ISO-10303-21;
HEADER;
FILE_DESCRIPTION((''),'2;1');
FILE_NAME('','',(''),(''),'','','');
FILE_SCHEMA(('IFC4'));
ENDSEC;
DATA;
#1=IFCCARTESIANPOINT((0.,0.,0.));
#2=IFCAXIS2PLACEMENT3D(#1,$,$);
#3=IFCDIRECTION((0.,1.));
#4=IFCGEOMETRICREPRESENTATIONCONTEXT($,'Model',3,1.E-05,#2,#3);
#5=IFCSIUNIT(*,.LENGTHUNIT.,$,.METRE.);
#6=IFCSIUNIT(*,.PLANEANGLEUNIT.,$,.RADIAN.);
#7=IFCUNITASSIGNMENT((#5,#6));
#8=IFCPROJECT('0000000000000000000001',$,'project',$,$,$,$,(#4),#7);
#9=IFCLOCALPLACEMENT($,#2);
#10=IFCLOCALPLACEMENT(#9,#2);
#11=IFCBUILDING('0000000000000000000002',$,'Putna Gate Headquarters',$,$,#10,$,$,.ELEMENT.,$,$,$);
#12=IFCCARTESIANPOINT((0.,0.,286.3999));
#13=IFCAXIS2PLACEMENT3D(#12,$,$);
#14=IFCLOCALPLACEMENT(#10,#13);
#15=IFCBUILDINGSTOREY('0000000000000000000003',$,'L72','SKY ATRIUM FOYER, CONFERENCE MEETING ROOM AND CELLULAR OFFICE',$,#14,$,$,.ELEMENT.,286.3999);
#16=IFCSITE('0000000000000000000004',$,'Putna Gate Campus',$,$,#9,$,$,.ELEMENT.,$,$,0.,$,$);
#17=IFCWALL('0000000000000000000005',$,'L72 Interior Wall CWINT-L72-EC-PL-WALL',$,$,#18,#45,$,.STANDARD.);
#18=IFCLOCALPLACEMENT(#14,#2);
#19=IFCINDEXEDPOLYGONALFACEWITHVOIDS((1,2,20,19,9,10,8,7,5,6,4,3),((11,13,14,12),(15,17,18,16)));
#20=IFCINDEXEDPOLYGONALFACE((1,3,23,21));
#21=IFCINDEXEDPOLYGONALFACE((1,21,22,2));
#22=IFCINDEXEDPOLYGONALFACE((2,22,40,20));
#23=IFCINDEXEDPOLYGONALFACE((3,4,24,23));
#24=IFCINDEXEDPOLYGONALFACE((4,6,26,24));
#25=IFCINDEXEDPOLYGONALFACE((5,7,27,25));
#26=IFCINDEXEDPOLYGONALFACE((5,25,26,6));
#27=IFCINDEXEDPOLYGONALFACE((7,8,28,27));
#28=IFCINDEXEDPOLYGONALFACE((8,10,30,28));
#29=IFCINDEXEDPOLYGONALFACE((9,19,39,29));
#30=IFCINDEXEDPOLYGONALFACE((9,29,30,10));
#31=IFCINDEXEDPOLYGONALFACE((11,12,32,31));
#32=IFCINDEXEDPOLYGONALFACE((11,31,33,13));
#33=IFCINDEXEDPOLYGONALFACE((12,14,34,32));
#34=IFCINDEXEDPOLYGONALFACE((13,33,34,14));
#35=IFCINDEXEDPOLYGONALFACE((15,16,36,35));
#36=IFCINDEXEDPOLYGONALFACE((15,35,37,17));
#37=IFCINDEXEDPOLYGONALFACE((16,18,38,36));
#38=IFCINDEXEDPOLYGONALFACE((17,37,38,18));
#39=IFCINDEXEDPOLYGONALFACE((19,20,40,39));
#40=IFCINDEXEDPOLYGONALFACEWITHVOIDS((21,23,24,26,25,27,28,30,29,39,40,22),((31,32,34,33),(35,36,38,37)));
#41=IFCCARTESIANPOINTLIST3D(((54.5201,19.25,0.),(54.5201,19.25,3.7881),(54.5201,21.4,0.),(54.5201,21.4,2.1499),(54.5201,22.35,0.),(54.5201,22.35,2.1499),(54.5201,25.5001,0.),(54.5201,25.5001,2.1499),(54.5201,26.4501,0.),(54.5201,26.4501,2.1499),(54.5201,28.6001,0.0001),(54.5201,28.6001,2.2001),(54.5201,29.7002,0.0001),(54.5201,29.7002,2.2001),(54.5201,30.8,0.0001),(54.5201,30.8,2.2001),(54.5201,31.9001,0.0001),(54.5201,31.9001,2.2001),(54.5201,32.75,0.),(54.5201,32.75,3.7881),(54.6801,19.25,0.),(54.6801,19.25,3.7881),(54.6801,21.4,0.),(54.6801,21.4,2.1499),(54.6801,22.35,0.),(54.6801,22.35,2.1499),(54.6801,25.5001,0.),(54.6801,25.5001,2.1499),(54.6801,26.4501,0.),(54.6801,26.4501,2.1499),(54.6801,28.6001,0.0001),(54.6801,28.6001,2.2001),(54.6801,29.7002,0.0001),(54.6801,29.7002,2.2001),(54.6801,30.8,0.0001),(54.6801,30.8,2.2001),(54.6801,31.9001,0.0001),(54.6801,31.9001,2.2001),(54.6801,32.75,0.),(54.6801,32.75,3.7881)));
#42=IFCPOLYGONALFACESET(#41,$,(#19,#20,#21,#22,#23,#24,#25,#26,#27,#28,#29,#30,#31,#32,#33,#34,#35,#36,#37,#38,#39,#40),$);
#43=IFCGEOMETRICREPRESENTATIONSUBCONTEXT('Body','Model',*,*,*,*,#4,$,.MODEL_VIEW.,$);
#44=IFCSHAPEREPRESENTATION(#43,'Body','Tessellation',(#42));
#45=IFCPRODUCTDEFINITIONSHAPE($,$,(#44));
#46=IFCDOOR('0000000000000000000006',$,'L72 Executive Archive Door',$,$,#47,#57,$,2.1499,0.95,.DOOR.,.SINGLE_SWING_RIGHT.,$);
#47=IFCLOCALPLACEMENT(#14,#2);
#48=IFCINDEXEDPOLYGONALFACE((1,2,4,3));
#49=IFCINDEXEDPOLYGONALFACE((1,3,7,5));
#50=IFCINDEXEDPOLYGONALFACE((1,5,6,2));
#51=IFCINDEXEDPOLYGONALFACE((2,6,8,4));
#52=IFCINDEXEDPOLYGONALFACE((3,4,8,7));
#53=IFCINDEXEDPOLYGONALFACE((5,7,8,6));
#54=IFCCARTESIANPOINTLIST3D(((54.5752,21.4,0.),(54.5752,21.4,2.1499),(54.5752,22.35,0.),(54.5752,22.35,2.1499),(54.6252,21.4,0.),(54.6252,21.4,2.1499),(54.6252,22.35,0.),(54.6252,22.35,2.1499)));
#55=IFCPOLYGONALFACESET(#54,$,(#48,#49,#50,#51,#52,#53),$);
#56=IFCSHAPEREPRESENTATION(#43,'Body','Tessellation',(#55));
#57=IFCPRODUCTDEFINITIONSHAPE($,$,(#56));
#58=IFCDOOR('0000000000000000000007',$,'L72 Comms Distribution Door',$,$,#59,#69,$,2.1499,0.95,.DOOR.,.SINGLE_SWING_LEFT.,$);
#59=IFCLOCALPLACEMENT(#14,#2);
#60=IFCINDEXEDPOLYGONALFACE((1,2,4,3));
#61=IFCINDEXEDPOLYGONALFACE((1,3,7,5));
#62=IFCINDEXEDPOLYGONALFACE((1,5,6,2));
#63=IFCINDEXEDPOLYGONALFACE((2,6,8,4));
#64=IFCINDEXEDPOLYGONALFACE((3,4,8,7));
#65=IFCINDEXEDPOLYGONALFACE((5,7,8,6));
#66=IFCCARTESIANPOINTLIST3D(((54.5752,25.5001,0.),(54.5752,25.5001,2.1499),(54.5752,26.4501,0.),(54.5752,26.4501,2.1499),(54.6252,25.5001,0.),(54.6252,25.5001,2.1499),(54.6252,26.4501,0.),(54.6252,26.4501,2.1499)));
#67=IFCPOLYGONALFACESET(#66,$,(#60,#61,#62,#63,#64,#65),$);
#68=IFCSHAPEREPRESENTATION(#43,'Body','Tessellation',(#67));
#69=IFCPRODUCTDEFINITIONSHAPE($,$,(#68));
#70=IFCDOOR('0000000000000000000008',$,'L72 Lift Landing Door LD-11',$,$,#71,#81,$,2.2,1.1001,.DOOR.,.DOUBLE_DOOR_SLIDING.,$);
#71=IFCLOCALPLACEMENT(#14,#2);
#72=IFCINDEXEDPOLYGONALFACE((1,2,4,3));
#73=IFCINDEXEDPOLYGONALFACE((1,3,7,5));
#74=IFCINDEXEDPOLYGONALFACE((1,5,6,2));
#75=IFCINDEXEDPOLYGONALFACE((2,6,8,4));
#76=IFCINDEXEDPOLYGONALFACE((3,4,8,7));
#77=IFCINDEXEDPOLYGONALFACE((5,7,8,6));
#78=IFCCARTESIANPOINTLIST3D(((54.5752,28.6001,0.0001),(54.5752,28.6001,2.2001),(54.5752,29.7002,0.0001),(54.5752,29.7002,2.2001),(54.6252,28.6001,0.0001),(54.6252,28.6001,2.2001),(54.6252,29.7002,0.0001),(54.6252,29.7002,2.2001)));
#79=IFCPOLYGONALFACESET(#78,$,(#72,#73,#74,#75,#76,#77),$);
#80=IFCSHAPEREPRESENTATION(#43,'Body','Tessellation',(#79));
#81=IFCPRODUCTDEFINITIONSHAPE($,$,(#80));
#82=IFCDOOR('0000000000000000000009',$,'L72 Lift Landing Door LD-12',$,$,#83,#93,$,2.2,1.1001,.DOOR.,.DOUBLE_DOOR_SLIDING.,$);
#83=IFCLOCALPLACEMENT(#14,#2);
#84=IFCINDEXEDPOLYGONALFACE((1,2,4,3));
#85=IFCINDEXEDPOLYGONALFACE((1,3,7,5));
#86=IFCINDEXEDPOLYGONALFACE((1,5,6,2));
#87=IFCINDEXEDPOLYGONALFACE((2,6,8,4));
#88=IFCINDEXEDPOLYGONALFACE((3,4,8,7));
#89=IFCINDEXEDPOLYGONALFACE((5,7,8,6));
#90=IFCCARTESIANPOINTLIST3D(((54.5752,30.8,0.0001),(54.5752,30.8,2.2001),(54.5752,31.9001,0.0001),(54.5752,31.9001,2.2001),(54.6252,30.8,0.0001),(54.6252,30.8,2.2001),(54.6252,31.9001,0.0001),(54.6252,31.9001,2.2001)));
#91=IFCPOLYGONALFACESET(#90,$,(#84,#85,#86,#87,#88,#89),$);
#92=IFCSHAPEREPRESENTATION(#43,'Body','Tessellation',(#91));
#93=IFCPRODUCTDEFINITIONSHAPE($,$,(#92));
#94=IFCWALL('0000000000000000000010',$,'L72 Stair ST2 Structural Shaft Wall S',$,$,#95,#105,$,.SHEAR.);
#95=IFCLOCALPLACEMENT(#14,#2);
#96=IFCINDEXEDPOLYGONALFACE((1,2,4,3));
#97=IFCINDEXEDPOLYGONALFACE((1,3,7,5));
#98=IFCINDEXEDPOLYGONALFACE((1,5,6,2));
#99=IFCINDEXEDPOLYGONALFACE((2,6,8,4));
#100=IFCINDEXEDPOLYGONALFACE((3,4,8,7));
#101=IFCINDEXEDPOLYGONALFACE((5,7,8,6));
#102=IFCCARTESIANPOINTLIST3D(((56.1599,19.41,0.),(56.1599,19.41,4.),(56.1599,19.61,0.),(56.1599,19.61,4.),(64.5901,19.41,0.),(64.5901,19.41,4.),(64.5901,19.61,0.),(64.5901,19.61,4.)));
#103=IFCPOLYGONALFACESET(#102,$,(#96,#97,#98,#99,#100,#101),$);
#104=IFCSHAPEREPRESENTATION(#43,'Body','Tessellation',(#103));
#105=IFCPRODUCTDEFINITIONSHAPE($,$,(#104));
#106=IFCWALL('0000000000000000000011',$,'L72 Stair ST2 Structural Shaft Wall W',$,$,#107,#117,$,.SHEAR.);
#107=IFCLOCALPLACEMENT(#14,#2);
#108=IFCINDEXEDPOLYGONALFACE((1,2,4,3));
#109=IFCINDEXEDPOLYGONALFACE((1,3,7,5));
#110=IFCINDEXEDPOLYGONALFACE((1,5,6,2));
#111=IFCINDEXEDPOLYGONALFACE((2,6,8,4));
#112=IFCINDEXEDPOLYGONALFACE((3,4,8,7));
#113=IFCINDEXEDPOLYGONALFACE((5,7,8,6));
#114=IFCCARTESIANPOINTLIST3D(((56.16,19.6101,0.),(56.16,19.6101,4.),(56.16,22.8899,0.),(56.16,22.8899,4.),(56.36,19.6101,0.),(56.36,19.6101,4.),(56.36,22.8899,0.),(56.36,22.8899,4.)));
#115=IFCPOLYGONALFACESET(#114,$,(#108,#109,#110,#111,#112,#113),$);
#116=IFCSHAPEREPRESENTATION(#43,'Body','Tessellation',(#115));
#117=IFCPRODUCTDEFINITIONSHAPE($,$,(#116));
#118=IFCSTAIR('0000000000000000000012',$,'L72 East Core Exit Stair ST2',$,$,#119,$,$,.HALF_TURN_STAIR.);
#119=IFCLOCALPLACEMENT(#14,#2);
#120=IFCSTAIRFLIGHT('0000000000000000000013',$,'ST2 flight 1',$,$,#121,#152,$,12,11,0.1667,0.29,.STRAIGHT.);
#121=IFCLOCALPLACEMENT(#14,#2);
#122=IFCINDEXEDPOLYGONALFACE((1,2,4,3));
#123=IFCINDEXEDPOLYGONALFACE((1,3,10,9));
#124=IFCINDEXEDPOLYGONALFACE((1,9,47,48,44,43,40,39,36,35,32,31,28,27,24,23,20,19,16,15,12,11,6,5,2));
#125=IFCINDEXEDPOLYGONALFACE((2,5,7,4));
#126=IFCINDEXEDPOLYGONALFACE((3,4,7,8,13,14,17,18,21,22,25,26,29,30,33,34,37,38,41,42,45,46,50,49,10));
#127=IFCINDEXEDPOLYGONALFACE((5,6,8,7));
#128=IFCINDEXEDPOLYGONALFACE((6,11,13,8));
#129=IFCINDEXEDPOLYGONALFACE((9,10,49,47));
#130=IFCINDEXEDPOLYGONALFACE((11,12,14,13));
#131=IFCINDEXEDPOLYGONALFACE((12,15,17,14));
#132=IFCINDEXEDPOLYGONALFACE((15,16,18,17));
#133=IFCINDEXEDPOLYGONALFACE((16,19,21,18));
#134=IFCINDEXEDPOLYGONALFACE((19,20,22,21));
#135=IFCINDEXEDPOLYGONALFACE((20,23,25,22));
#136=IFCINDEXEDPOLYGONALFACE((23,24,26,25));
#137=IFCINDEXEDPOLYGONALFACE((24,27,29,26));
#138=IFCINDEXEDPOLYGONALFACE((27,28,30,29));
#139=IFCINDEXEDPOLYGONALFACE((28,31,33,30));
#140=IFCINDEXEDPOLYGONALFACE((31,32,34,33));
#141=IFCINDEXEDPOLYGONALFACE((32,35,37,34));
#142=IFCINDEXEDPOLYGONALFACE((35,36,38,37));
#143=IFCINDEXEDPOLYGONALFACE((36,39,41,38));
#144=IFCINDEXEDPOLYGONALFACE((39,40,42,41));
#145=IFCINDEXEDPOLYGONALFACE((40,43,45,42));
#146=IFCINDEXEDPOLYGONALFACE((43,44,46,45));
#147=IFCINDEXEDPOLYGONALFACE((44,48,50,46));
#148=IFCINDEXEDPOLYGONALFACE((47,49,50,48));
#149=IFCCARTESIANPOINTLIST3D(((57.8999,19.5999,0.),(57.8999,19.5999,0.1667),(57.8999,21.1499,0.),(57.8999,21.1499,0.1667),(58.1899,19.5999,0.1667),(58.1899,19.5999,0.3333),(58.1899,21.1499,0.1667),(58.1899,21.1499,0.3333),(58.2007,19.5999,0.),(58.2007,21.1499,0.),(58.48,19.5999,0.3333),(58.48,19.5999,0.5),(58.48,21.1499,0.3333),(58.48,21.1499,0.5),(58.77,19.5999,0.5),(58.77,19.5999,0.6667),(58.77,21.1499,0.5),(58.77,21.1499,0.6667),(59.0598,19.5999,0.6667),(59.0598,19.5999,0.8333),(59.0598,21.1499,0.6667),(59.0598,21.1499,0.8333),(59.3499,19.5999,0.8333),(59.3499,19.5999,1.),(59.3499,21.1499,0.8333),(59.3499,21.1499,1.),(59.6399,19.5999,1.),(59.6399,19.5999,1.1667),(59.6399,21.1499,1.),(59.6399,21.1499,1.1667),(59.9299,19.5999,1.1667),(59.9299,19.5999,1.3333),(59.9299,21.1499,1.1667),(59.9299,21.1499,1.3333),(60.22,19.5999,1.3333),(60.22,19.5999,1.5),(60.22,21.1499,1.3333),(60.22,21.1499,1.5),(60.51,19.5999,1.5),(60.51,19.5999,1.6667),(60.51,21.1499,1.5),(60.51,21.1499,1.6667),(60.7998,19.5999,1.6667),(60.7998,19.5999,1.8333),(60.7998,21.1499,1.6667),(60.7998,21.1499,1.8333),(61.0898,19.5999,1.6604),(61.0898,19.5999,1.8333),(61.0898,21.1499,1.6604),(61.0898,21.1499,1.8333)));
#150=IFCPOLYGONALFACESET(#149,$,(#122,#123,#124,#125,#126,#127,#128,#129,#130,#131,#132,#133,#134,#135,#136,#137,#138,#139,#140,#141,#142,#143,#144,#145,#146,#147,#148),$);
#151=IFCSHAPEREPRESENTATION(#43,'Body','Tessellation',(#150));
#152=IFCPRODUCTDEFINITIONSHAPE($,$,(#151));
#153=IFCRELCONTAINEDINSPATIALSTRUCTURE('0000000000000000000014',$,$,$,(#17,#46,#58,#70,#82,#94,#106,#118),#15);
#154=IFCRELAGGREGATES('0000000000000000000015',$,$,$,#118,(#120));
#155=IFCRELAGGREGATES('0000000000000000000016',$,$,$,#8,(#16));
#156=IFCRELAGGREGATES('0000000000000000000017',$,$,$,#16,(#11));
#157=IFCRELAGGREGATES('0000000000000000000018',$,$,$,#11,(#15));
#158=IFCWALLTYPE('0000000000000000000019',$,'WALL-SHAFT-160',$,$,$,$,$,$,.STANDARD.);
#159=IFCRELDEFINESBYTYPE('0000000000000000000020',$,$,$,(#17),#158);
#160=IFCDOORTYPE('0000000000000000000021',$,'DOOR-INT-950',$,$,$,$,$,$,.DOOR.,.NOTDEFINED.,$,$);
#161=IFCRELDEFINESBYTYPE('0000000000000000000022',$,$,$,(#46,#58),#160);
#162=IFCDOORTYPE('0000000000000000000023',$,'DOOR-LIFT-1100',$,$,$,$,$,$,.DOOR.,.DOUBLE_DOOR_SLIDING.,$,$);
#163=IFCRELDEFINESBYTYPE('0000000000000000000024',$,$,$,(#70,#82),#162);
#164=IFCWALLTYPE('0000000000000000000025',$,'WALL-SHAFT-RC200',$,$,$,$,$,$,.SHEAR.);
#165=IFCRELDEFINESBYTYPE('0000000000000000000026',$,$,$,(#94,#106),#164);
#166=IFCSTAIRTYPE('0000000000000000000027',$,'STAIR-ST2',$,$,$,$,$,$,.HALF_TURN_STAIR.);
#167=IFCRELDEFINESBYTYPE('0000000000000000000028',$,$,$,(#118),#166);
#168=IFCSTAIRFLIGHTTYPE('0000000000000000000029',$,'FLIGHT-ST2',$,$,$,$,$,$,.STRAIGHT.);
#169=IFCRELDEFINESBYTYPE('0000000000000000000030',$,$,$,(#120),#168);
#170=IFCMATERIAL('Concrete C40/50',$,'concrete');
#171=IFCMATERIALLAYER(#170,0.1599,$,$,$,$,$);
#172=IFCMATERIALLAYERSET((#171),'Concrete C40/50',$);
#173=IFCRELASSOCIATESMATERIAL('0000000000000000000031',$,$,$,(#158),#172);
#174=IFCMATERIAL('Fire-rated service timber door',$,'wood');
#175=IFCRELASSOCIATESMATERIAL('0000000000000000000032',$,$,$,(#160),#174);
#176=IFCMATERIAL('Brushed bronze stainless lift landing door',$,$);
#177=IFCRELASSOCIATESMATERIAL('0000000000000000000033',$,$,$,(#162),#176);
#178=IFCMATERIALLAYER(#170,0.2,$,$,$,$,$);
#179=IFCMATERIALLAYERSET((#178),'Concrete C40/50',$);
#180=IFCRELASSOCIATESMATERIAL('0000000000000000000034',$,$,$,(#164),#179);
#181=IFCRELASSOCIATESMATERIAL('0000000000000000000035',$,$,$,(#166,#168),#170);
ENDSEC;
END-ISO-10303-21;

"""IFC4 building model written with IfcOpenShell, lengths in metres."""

from ifc_helpers import new_model, si_unit, direction, frame, frame_2d, origin, place, context, subcontext, project, spatial, polyline, rectangle, outline, extrude, material, layer, layer_set, type_object, element, fill, aggregate, save


model = new_model("IFC4")

# Units and contexts
model_context = context("Model", 3, precision=1e-05, world=origin(), true_north=direction((0.0, 1.0)))
body_context = subcontext(model_context, "Body", "Model", "MODEL_VIEW")
ifc_project = project(units=[si_unit("LENGTHUNIT", "METRE"), si_unit("PLANEANGLEUNIT", "RADIAN")], contexts=[model_context])

# Site, building, storey
site_placement = place(None, origin())
site = spatial("IfcSite", under=ifc_project, at=site_placement, Name="Putna Gate Campus", CompositionType="ELEMENT", RefElevation=0.0)
building_placement = place(site_placement, origin())
building = spatial("IfcBuilding", under=site, at=building_placement, Name="Putna Gate Headquarters", CompositionType="ELEMENT")
storey_placement = place(building_placement, frame((0.0, 0.0, 286.3999)))
storey = spatial("IfcBuildingStorey", under=building, at=storey_placement, Name="L72", Description="SKY ATRIUM FOYER, CONFERENCE MEETING ROOM AND CELLULAR OFFICE", CompositionType="ELEMENT", Elevation=286.3999)

# Wall, openings, doors
ifc_material_1 = material(Name="Concrete C40/50", Category="concrete")
ifc_layer_1 = layer(ifc_material_1, 0.1599)
ifc_layer_set_1 = layer_set([ifc_layer_1], Name="Concrete C40/50")
wall_type_1 = type_object("IfcWallType", Name="WALL-SHAFT-160", PredefinedType="STANDARD", material=ifc_layer_set_1)
wall_1_placement = place(storey_placement, frame((54.6001, 19.25, 0.0), z_axis=(0.0, 0.0, 1.0), x_axis=(0.0, 1.0, 0.0)))
wall_1 = element("IfcWall", 1, at=wall_1_placement, inside=storey, type_object=wall_type_1, Name="L72 Interior Wall CWINT-L72-EC-PL-WALL", PredefinedType="STANDARD", context=body_context, shape_type="SweptSolid", body=[
    extrude(rectangle(XDim=13.5, YDim=0.1599, at=frame_2d((6.75, 0.0))), origin(), (0.0, 0.0, 1.0), 3.7881),
])
opening_1_placement = place(wall_1_placement, frame((2.1499, 0.0, 0.0)))
opening_1 = element("IfcOpeningElement", 2, at=opening_1_placement, cuts=wall_1, PredefinedType="OPENING", context=body_context, shape_type="SweptSolid", body=[
    extrude(rectangle(XDim=0.95, YDim=2.1499, at=frame_2d((0.4751, 1.075))), frame((0.0, 0.0898, 0.0), z_axis=(0.0, -1.0, 0.0), x_axis=(1.0, 0.0, 0.0)), (0.0, 0.0, 1.0), 0.1799),
])
opening_2_placement = place(wall_1_placement, frame((6.25, 0.0, 0.0)))
opening_2 = element("IfcOpeningElement", 3, at=opening_2_placement, cuts=wall_1, PredefinedType="OPENING", context=body_context, shape_type="SweptSolid", body=[
    extrude(rectangle(XDim=0.95, YDim=2.1499, at=frame_2d((0.4751, 1.075))), frame((0.0, 0.0898, 0.0), z_axis=(0.0, -1.0, 0.0), x_axis=(1.0, 0.0, 0.0)), (0.0, 0.0, 1.0), 0.1799),
])
opening_3_placement = place(wall_1_placement, frame((9.3501, 0.0, 0.0)))
opening_3 = element("IfcOpeningElement", 4, at=opening_3_placement, cuts=wall_1, PredefinedType="OPENING", context=body_context, shape_type="SweptSolid", body=[
    extrude(rectangle(XDim=1.1001, YDim=2.2, at=frame_2d((0.55, 1.1001))), frame((0.0, 0.0898, 0.0), z_axis=(0.0, -1.0, 0.0), x_axis=(1.0, 0.0, 0.0)), (0.0, 0.0, 1.0), 0.1799),
])
opening_4_placement = place(wall_1_placement, frame((11.55, 0.0, 0.0)))
opening_4 = element("IfcOpeningElement", 5, at=opening_4_placement, cuts=wall_1, PredefinedType="OPENING", context=body_context, shape_type="SweptSolid", body=[
    extrude(rectangle(XDim=1.1001, YDim=2.2, at=frame_2d((0.55, 1.1001))), frame((0.0, 0.0898, 0.0), z_axis=(0.0, -1.0, 0.0), x_axis=(1.0, 0.0, 0.0)), (0.0, 0.0, 1.0), 0.1799),
])
ifc_material_2 = material(Name="Fire-rated service timber door", Category="wood")
door_type_1 = type_object("IfcDoorType", Name="DOOR-INT-950", OperationType="NOTDEFINED", PredefinedType="DOOR", material=ifc_material_2)
door_1_placement = place(opening_1_placement, origin())
door_1 = element("IfcDoor", 6, at=door_1_placement, inside=storey, type_object=door_type_1, Name="L72 Executive Archive Door", OperationType="SINGLE_SWING_RIGHT", OverallHeight=2.1499, OverallWidth=0.95, PredefinedType="DOOR", context=body_context, shape_type="SweptSolid", body=[
    extrude(rectangle(XDim=0.95, YDim=2.1499, at=frame_2d((0.4751, 1.075))), frame((0.0, 0.0249, 0.0), z_axis=(0.0, -1.0, 0.0), x_axis=(1.0, 0.0, 0.0)), (0.0, 0.0, 1.0), 0.05),
])
fill(opening_1, door_1)
door_2_placement = place(opening_2_placement, origin())
door_2 = element("IfcDoor", 7, at=door_2_placement, inside=storey, type_object=door_type_1, Name="L72 Comms Distribution Door", OperationType="SINGLE_SWING_LEFT", OverallHeight=2.1499, OverallWidth=0.95, PredefinedType="DOOR", context=body_context, shape_type="SweptSolid", body=[
    extrude(rectangle(XDim=0.95, YDim=2.1499, at=frame_2d((0.4751, 1.075))), frame((0.0, 0.0249, 0.0), z_axis=(0.0, -1.0, 0.0), x_axis=(1.0, 0.0, 0.0)), (0.0, 0.0, 1.0), 0.05),
])
fill(opening_2, door_2)
ifc_material_3 = material(Name="Brushed bronze stainless lift landing door")
door_type_2 = type_object("IfcDoorType", Name="DOOR-LIFT-1100", OperationType="DOUBLE_DOOR_SLIDING", PredefinedType="DOOR", material=ifc_material_3)
door_3_placement = place(opening_3_placement, origin())
door_3 = element("IfcDoor", 8, at=door_3_placement, inside=storey, type_object=door_type_2, Name="L72 Lift Landing Door LD-11", OperationType="DOUBLE_DOOR_SLIDING", OverallHeight=2.2, OverallWidth=1.1001, PredefinedType="DOOR", context=body_context, shape_type="SweptSolid", body=[
    extrude(rectangle(XDim=1.1001, YDim=2.2, at=frame_2d((0.55, 1.1001))), frame((0.0, 0.0249, 0.0), z_axis=(0.0, -1.0, 0.0), x_axis=(1.0, 0.0, 0.0)), (0.0, 0.0, 1.0), 0.05),
])
fill(opening_3, door_3)
door_4_placement = place(opening_4_placement, origin())
door_4 = element("IfcDoor", 9, at=door_4_placement, inside=storey, type_object=door_type_2, Name="L72 Lift Landing Door LD-12", OperationType="DOUBLE_DOOR_SLIDING", OverallHeight=2.2, OverallWidth=1.1001, PredefinedType="DOOR", context=body_context, shape_type="SweptSolid", body=[
    extrude(rectangle(XDim=1.1001, YDim=2.2, at=frame_2d((0.55, 1.1001))), frame((0.0, 0.0249, 0.0), z_axis=(0.0, -1.0, 0.0), x_axis=(1.0, 0.0, 0.0)), (0.0, 0.0, 1.0), 0.05),
])
fill(opening_4, door_4)

# Walls
ifc_layer_2 = layer(ifc_material_1, 0.2)
ifc_layer_set_2 = layer_set([ifc_layer_2], Name="Concrete C40/50")
wall_type_2 = type_object("IfcWallType", Name="WALL-SHAFT-RC200", PredefinedType="SHEAR", material=ifc_layer_set_2)
wall_2_placement = place(storey_placement, frame((56.1599, 19.51, 0.0), z_axis=(0.0, 0.0, 1.0), x_axis=(1.0, 0.0, 0.0)))
element("IfcWall", 10, at=wall_2_placement, inside=storey, type_object=wall_type_2, Name="L72 Stair ST2 Structural Shaft Wall S", PredefinedType="SHEAR", context=body_context, shape_type="SweptSolid", body=[
    extrude(rectangle(XDim=8.4302, YDim=0.2, at=frame_2d((4.2151, 0.0))), origin(), (0.0, 0.0, 1.0), 4.0),
])
wall_3_placement = place(storey_placement, frame((56.26, 19.6101, 0.0), z_axis=(0.0, 0.0, 1.0), x_axis=(0.0, 1.0, 0.0)))
element("IfcWall", 11, at=wall_3_placement, inside=storey, type_object=wall_type_2, Name="L72 Stair ST2 Structural Shaft Wall W", PredefinedType="SHEAR", context=body_context, shape_type="SweptSolid", body=[
    extrude(rectangle(XDim=3.2798, YDim=0.2, at=frame_2d((1.6399, 0.0))), origin(), (0.0, 0.0, 1.0), 4.0),
])

# Stair, stair flight
stair_type = type_object("IfcStairType", Name="STAIR-ST2", PredefinedType="HALF_TURN_STAIR", material=ifc_material_1)
stair_placement = place(storey_placement, origin())
stair = element("IfcStair", 12, at=stair_placement, inside=storey, type_object=stair_type, Name="L72 East Core Exit Stair ST2", PredefinedType="HALF_TURN_STAIR")
stair_flight_type = type_object("IfcStairFlightType", Name="FLIGHT-ST2", PredefinedType="STRAIGHT", material=ifc_material_1)
stair_flight_placement = place(storey_placement, frame((57.8999, 20.375, 0.0), z_axis=(0.0, 0.0, 1.0), x_axis=(1.0, 0.0, 0.0)))
stair_flight = element("IfcStairFlight", 13, at=stair_flight_placement, type_object=stair_flight_type, Name="ST2 flight 1", NumberOfRisers=12, NumberOfTreads=11, PredefinedType="STRAIGHT", RiserHeight=0.1667, TreadLength=0.29, context=body_context, shape_type="SweptSolid", body=[
    extrude(outline(polyline([(0.0, 0.0), (0.0, 0.1667), (0.29, 0.1667), (0.29, 0.3333), (0.5801, 0.3333), (0.5801, 0.5), (0.8701, 0.5), (0.8701, 0.6667), (1.1599, 0.6667), (1.1599, 0.8333), (1.45, 0.8333), (1.45, 1.0), (1.74, 1.0), (1.74, 1.1667), (2.03, 1.1667), (2.03, 1.3333), (2.3201, 1.3333), (2.3201, 1.5), (2.6101, 1.5), (2.6101, 1.6667), (2.8999, 1.6667), (2.8999, 1.8333), (3.1899, 1.8333), (3.1899, 2.0), (3.1899, 1.6604), (0.3008, 0.0), (0.0, 0.0)])), frame((0.0, 0.7749, 0.0), z_axis=(0.0, -1.0, 0.0), x_axis=(1.0, 0.0, 0.0)), (0.0, 0.0, 1.0), 1.55),
])
aggregate(stair, [stair_flight])

save(model, "model.ifc")
